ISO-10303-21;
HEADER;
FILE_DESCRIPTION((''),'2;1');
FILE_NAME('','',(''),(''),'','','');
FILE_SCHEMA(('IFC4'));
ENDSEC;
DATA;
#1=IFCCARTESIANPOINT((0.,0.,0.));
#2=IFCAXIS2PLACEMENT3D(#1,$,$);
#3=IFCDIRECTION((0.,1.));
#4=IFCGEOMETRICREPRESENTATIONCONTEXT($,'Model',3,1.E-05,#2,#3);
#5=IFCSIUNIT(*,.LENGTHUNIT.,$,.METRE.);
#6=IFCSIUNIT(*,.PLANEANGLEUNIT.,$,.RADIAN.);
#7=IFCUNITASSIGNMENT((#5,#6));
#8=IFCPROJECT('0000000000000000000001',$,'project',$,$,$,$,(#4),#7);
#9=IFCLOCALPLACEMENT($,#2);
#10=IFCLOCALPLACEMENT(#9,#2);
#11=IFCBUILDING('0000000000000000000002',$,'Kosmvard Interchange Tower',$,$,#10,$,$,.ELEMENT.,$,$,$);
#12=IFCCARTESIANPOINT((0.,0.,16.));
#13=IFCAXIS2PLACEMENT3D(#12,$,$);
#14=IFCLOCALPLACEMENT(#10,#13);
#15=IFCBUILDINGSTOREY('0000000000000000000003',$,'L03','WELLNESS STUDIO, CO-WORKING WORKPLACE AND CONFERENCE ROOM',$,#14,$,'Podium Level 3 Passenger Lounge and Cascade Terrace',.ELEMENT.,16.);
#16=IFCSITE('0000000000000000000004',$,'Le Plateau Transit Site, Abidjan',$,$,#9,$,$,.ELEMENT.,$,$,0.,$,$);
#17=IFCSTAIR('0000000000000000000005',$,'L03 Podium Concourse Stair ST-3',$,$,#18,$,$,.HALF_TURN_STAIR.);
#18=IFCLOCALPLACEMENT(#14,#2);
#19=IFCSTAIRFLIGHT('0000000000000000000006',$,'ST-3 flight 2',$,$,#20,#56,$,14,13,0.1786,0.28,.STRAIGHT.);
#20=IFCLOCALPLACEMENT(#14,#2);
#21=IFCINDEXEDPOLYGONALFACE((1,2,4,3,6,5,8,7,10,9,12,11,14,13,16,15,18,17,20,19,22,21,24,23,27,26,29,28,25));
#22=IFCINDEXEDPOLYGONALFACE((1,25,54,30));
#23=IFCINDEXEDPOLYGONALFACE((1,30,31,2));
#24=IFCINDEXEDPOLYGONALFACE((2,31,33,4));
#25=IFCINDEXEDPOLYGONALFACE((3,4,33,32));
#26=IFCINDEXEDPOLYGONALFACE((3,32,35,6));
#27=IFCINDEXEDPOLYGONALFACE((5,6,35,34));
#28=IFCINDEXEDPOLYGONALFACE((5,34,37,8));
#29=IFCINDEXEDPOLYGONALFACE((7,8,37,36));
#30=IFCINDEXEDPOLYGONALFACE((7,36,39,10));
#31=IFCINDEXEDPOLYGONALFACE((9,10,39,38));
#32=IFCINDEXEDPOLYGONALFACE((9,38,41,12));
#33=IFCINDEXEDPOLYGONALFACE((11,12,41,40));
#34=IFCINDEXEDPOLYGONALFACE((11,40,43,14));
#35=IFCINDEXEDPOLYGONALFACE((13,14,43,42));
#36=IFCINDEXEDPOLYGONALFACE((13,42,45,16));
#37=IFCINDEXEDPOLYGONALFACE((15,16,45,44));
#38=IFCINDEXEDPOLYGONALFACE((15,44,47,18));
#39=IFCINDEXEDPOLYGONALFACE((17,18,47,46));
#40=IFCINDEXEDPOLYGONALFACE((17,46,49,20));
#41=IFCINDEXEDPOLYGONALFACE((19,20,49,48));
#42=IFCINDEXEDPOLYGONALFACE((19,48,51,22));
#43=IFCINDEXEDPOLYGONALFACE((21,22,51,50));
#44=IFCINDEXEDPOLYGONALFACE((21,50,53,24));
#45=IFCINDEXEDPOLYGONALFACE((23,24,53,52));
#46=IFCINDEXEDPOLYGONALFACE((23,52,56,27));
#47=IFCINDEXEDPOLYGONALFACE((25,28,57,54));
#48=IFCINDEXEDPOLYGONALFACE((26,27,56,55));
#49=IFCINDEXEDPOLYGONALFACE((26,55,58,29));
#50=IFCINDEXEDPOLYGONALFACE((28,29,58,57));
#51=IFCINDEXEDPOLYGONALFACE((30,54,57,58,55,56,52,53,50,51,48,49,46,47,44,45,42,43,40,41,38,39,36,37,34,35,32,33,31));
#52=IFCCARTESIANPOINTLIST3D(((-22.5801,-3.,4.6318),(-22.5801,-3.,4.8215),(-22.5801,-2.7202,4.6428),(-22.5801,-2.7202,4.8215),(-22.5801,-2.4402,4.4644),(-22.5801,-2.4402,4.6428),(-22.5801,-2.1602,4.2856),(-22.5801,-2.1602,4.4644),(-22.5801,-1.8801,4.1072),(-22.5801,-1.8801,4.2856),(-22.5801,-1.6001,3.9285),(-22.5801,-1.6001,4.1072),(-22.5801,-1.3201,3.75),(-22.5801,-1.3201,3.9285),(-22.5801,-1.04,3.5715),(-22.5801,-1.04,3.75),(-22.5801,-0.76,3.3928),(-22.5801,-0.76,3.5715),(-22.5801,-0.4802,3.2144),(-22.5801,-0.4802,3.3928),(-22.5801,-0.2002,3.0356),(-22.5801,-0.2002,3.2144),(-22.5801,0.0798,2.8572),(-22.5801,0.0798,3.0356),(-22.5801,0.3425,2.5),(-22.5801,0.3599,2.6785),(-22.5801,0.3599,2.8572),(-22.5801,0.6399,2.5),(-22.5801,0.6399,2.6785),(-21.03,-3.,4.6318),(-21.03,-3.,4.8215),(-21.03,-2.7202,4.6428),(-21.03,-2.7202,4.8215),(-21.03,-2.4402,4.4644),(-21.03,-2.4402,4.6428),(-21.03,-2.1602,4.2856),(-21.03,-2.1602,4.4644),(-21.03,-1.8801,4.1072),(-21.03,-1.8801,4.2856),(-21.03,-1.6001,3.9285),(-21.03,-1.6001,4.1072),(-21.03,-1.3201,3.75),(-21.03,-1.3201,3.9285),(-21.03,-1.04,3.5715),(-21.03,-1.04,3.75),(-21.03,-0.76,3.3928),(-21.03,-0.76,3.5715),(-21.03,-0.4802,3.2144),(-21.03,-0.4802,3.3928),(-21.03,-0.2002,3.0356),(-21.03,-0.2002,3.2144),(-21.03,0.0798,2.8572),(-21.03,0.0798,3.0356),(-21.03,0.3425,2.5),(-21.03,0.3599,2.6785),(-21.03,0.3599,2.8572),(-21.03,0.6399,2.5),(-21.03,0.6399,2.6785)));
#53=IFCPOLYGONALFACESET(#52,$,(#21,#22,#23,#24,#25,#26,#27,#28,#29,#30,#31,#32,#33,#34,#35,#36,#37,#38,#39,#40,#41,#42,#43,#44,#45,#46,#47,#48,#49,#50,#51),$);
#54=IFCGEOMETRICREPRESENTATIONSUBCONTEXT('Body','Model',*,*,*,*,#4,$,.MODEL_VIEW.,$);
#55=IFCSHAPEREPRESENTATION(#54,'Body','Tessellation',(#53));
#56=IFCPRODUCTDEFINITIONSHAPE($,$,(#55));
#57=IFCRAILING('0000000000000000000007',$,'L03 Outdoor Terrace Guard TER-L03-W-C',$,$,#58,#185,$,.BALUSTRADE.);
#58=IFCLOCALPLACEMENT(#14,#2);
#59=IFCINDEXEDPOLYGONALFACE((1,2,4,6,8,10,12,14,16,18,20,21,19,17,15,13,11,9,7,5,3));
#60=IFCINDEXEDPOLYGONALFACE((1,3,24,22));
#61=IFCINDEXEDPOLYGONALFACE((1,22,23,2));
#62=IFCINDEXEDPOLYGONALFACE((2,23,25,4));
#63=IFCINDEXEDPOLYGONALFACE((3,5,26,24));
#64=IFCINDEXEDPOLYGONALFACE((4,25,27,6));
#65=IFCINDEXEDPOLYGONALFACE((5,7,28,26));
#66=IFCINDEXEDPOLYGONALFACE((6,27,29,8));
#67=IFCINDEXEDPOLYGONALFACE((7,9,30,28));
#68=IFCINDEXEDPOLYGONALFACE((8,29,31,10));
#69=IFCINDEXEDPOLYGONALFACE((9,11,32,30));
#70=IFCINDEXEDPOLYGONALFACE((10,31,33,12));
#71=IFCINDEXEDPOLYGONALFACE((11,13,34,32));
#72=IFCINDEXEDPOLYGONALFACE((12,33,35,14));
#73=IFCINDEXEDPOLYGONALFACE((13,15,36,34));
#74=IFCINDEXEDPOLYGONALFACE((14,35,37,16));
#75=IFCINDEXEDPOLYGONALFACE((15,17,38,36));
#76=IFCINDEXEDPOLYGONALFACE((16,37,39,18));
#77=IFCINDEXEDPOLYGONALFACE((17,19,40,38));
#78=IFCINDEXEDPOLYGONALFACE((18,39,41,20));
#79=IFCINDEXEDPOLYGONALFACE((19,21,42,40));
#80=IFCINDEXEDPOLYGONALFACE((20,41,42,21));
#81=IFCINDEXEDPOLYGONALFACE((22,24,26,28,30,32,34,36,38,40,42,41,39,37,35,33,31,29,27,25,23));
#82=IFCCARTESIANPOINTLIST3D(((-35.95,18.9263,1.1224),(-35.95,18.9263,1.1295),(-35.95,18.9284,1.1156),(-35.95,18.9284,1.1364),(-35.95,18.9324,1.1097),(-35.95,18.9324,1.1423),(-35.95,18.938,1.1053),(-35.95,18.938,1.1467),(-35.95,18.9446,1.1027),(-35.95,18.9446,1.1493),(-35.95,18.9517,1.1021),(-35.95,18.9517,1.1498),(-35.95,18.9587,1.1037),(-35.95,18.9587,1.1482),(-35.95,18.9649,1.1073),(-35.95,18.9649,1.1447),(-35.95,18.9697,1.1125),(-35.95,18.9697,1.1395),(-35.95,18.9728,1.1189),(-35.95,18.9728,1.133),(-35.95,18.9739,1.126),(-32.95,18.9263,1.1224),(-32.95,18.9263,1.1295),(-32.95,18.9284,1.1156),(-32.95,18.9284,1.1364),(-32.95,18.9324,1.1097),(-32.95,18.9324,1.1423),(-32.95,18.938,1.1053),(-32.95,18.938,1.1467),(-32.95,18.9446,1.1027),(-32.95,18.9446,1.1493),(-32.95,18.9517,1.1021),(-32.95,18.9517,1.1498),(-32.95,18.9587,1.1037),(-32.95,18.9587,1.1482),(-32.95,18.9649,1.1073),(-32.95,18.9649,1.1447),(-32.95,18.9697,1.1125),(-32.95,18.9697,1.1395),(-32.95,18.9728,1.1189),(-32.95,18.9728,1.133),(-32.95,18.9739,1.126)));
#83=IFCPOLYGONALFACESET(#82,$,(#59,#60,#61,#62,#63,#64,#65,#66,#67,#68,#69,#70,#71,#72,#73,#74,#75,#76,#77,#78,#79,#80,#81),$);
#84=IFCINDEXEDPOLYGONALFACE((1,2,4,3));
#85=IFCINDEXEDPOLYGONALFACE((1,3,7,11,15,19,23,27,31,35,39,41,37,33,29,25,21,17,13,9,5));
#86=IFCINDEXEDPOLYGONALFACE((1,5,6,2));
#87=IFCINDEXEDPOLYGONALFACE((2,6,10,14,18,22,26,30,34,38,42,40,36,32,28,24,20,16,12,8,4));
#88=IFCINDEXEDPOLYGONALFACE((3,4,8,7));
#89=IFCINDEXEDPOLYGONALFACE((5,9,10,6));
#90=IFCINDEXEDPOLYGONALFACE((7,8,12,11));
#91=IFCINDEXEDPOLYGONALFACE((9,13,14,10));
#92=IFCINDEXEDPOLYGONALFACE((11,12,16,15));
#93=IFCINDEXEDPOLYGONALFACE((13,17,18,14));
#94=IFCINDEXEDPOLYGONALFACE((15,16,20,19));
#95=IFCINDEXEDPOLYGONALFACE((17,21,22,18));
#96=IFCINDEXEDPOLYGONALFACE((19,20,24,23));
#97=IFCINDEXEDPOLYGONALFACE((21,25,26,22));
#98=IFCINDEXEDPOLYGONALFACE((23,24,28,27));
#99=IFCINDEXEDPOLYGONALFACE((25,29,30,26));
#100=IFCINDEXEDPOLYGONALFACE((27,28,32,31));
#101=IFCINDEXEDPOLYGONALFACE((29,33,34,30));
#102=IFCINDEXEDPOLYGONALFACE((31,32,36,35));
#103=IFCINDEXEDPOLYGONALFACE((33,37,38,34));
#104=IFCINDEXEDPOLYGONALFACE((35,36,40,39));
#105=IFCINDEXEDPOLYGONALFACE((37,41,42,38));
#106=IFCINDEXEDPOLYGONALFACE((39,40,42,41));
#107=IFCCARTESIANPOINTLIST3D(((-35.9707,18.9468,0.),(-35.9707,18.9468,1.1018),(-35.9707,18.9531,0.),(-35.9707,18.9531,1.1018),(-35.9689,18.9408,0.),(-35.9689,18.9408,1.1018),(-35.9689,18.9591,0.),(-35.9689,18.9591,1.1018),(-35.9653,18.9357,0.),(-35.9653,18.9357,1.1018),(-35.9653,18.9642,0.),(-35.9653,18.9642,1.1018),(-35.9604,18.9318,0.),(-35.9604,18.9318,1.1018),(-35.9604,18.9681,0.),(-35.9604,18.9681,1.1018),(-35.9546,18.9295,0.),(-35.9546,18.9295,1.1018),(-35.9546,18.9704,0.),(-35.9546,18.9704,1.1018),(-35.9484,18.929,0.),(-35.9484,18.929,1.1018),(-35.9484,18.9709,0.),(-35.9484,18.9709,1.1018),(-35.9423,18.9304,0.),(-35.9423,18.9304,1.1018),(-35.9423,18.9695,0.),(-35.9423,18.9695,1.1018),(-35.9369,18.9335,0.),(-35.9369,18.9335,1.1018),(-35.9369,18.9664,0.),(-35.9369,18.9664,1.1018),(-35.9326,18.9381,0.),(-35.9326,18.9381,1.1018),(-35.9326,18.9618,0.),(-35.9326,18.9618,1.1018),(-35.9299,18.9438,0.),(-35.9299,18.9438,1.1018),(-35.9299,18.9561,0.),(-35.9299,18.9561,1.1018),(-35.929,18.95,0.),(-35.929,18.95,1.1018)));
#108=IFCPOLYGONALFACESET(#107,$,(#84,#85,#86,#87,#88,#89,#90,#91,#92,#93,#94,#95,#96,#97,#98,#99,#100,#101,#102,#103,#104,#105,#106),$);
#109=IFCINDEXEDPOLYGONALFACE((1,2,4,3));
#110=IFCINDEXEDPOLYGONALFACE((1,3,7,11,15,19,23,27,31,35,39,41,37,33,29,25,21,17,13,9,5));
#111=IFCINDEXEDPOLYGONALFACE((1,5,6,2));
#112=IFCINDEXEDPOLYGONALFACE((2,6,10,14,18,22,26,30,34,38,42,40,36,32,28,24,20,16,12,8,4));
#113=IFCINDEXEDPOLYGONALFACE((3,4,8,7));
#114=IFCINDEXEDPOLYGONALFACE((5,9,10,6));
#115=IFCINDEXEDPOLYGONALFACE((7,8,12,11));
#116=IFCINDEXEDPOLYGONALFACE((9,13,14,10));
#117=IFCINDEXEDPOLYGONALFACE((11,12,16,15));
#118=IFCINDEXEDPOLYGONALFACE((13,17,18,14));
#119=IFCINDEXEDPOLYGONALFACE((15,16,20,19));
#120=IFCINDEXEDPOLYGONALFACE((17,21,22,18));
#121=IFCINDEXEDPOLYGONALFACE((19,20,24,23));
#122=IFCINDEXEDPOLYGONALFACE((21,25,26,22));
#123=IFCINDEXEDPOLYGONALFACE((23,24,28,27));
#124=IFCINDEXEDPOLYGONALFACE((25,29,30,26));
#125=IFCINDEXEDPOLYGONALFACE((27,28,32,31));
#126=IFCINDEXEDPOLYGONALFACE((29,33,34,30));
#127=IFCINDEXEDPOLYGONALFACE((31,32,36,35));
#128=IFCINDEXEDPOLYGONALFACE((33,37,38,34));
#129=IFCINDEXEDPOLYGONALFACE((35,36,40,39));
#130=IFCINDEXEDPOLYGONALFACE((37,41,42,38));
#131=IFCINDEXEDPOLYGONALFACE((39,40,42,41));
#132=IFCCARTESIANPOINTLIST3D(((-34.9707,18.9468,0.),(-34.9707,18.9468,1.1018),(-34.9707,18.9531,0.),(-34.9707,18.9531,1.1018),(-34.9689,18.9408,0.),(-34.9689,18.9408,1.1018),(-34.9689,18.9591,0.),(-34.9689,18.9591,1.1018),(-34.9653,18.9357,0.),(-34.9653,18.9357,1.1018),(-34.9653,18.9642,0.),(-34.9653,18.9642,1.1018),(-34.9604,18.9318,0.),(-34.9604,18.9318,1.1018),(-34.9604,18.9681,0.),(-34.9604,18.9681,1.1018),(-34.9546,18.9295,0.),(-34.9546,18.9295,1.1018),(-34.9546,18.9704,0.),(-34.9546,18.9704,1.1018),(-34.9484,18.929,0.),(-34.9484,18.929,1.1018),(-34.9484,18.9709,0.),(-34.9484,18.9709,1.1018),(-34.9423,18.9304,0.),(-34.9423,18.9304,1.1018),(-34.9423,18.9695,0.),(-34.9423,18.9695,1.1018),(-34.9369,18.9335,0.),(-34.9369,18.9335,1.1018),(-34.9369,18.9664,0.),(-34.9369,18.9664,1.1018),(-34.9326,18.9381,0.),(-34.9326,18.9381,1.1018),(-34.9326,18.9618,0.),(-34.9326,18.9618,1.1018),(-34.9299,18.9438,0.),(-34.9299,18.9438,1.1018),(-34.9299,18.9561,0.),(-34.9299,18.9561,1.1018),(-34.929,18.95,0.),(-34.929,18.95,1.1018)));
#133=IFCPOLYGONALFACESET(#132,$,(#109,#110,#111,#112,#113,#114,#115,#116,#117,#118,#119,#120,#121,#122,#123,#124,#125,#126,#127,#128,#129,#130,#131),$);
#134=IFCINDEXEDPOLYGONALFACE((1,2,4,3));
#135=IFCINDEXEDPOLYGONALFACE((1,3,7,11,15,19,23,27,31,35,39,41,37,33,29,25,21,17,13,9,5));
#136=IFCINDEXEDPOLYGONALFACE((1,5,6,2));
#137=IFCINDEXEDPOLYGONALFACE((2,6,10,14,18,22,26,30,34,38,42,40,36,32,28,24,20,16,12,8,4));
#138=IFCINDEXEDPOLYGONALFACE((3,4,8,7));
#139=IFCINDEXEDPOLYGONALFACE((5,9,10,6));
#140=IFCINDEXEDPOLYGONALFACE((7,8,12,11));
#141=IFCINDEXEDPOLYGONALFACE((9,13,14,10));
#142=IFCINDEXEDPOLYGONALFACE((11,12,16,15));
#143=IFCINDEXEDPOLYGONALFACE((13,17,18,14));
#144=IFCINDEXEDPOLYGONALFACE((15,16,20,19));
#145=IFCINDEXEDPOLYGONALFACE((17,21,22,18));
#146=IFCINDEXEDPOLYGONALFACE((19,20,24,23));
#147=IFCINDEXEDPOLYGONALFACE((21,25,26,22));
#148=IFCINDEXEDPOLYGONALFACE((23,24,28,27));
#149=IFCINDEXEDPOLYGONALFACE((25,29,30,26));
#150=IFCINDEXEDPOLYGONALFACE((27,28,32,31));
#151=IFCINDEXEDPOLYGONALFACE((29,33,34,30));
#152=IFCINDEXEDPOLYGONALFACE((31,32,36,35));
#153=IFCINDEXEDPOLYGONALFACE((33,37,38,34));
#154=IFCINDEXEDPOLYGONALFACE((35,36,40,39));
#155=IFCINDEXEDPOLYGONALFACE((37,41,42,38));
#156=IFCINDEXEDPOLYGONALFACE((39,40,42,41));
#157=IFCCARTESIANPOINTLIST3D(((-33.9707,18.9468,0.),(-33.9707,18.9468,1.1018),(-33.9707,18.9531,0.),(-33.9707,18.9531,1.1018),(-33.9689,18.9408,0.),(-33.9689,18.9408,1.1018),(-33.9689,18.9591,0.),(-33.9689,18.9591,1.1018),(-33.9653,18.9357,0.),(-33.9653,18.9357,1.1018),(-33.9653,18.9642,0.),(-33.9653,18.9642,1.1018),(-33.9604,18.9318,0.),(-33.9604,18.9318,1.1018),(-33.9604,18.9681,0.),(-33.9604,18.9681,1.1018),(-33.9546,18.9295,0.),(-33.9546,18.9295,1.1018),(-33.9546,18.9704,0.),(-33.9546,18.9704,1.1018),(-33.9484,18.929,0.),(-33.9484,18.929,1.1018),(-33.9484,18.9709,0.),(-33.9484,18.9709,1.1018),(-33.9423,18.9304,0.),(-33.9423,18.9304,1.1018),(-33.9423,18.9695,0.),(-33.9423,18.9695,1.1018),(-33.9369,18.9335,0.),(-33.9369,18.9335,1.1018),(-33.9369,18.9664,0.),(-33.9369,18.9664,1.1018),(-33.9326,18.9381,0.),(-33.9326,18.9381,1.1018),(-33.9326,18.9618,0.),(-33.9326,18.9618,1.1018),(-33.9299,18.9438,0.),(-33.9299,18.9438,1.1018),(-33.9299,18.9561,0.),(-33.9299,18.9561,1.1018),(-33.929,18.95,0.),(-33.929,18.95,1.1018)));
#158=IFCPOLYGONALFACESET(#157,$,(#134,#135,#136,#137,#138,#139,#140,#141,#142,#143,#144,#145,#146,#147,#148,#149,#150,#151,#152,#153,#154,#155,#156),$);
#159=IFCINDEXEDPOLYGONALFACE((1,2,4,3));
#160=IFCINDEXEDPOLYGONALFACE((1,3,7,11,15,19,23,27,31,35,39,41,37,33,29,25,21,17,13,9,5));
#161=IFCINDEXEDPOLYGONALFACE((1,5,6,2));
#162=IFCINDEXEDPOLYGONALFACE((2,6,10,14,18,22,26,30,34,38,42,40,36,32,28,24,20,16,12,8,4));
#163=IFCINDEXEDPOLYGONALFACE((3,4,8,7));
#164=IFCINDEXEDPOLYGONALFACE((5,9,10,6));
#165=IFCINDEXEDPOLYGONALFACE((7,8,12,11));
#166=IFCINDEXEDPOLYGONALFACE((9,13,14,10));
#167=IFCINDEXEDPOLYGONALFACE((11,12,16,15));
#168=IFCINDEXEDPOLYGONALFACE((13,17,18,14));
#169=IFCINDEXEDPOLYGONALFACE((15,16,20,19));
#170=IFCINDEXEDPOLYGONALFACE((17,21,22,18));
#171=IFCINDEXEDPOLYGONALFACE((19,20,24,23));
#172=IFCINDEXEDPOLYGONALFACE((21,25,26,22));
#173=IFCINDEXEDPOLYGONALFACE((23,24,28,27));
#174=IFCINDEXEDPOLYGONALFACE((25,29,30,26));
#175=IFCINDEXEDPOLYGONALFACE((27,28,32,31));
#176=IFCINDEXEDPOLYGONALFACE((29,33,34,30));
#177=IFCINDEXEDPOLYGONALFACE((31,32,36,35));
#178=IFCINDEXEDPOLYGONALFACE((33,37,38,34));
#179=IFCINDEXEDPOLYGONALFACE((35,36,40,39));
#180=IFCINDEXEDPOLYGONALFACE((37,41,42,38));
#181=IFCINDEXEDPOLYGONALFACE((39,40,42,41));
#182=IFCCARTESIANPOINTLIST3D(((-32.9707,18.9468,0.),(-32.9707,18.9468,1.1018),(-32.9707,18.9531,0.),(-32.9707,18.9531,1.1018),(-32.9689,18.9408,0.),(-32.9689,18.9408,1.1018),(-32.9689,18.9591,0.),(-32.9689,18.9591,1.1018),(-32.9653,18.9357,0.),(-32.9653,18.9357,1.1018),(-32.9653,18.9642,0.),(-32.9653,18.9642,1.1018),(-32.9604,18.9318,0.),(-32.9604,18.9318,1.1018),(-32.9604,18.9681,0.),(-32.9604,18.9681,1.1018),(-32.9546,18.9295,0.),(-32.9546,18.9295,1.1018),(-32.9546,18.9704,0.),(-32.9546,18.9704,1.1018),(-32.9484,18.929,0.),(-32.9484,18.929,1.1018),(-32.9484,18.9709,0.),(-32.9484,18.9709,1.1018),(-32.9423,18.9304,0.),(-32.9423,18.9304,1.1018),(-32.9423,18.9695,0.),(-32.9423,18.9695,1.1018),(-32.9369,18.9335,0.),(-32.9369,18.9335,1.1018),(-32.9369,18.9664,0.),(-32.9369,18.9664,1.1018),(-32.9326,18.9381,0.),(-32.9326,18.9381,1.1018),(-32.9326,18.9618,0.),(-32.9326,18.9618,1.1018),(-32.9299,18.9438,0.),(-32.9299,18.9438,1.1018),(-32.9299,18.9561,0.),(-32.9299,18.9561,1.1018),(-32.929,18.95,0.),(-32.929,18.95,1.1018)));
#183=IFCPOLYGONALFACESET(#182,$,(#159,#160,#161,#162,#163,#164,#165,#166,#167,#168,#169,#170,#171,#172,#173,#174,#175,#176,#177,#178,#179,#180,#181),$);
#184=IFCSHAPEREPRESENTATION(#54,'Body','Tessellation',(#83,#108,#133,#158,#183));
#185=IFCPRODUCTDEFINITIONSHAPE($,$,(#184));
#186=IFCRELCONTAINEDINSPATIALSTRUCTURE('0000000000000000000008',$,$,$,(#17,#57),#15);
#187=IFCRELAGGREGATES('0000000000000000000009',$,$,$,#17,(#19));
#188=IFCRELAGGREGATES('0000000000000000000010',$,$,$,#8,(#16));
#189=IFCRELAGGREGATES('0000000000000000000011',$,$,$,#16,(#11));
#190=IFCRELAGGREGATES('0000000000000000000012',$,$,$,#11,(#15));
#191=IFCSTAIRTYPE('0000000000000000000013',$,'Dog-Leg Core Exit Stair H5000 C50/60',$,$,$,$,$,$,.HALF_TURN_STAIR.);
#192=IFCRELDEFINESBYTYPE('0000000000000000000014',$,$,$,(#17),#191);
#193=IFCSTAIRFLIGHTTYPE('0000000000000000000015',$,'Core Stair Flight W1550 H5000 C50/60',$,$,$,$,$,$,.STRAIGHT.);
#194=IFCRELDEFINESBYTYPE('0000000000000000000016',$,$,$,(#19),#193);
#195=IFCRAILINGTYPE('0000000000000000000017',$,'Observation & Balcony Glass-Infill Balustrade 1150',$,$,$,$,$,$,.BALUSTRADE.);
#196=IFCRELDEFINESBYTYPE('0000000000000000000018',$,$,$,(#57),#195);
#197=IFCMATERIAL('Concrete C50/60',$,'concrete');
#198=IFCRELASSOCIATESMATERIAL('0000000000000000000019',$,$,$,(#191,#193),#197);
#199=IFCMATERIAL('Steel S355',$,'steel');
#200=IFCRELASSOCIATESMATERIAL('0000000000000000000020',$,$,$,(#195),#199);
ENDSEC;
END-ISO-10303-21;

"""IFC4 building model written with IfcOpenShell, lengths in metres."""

from ifc_helpers import new_model, si_unit, direction, frame, origin, origin_2d, place, context, subcontext, project, spatial, polyline, circle, outline, extrude, source, transform, mapped, material, type_object, element, aggregate, save


model = new_model("IFC4")

# Units and contexts
model_context = context("Model", 3, precision=1e-05, world=origin(), true_north=direction((0.0, 1.0)))
body_context = subcontext(model_context, "Body", "Model", "MODEL_VIEW")
ifc_project = project(units=[si_unit("LENGTHUNIT", "METRE"), si_unit("PLANEANGLEUNIT", "RADIAN")], contexts=[model_context])

# Site, building, storey
site_placement = place(None, origin())
site = spatial("IfcSite", under=ifc_project, at=site_placement, Name="Le Plateau Transit Site, Abidjan", CompositionType="ELEMENT", RefElevation=0.0)
building_placement = place(site_placement, origin())
building = spatial("IfcBuilding", under=site, at=building_placement, Name="Kosmvard Interchange Tower", CompositionType="ELEMENT")
storey_placement = place(building_placement, frame((0.0, 0.0, 16.0)))
storey = spatial("IfcBuildingStorey", under=building, at=storey_placement, Name="L03", Description="WELLNESS STUDIO, CO-WORKING WORKPLACE AND CONFERENCE ROOM", LongName="Podium Level 3 Passenger Lounge and Cascade Terrace", CompositionType="ELEMENT", Elevation=16.0)

# Shared definitions
ifc_material_1 = material(Name="Steel S355", Category="steel")

# Stair, stair flight
ifc_material_2 = material(Name="Concrete C50/60", Category="concrete")
stair_type = type_object("IfcStairType", Name="Dog-Leg Core Exit Stair H5000 C50/60", PredefinedType="HALF_TURN_STAIR", material=ifc_material_2)
stair_placement = place(storey_placement, origin())
stair = element("IfcStair", 1, at=stair_placement, inside=storey, type_object=stair_type, Name="L03 Podium Concourse Stair ST-3", PredefinedType="HALF_TURN_STAIR")
stair_flight_type = type_object("IfcStairFlightType", Name="Core Stair Flight W1550 H5000 C50/60", PredefinedType="STRAIGHT", material=ifc_material_2)
shared_shape_1 = source(origin(), body_context, "Body", "SweptSolid", [
    extrude(outline(polyline([(0.0, 0.0), (0.0, 0.1785), (0.28, 0.1785), (0.28, 0.3572), (0.5601, 0.3572), (0.5601, 0.5356), (0.8401, 0.5356), (0.8401, 0.7144), (1.1201, 0.7144), (1.1201, 0.8928), (1.3999, 0.8928), (1.3999, 1.0715), (1.6799, 1.0715), (1.6799, 1.25), (1.96, 1.25), (1.96, 1.4285), (2.24, 1.4285), (2.24, 1.6072), (2.52, 1.6072), (2.52, 1.7856), (2.8, 1.7856), (2.8, 1.9644), (3.0801, 1.9644), (3.0801, 2.1428), (3.3601, 2.1428), (3.3601, 2.3215), (3.6399, 2.3215), (3.6399, 2.5), (3.6399, 2.1318), (0.2974, 0.0), (0.0, 0.0)])), frame((0.0, 0.7749, 0.0), z_axis=(0.0, -1.0, 0.0), x_axis=(1.0, 0.0, 0.0)), (0.0, 0.0, 1.0), 1.55),
])
stair_flight_1_placement = place(storey_placement, frame((-21.8049, 0.6399, 2.5), z_axis=(0.0, 0.0, 1.0), x_axis=(0.0, -1.0, 0.0)))
stair_flight_1 = element("IfcStairFlight", 2, at=stair_flight_1_placement, type_object=stair_flight_type, Name="ST-3 flight 2", NumberOfRisers=14, NumberOfTreads=13, PredefinedType="STRAIGHT", RiserHeight=0.1786, TreadLength=0.28, context=body_context, shape_type="MappedRepresentation", body=[
    mapped(shared_shape_1, transform((0.0, 0.0, 0.0), scale=1.0)),
])
aggregate(stair, [stair_flight_1])

# Railing
railing_type_1 = type_object("IfcRailingType", Name="Observation & Balcony Glass-Infill Balustrade 1150", PredefinedType="BALUSTRADE", material=ifc_material_1)
shared_shape_2 = source(origin(), body_context, "Body", "SweptSolid", [
    extrude(circle(Radius=0.0239, at=origin_2d()), frame((0.0, 0.0, 1.126), z_axis=(1.0, 0.0, 0.0), x_axis=(0.0, 1.0, 0.0)), (0.0, 0.0, 1.0), 3.0),
    extrude(circle(Radius=0.021, at=origin_2d()), origin(), (0.0, 0.0, 1.0), 1.1018),
    extrude(circle(Radius=0.021, at=origin_2d()), frame((1.0, 0.0, 0.0)), (0.0, 0.0, 1.0), 1.1018),
    extrude(circle(Radius=0.021, at=origin_2d()), frame((2.0, 0.0, 0.0)), (0.0, 0.0, 1.0), 1.1018),
    extrude(circle(Radius=0.021, at=origin_2d()), frame((3.0, 0.0, 0.0)), (0.0, 0.0, 1.0), 1.1018),
])
railing_1_placement = place(storey_placement, frame((-35.95, 18.95, 0.0)))
element("IfcRailing", 3, at=railing_1_placement, inside=storey, type_object=railing_type_1, Name="L03 Outdoor Terrace Guard TER-L03-W-C", PredefinedType="BALUSTRADE", context=body_context, shape_type="MappedRepresentation", body=[
    mapped(shared_shape_2, transform((0.0, 0.0, 0.0), scale=1.0)),
])

save(model, "model.ifc")
